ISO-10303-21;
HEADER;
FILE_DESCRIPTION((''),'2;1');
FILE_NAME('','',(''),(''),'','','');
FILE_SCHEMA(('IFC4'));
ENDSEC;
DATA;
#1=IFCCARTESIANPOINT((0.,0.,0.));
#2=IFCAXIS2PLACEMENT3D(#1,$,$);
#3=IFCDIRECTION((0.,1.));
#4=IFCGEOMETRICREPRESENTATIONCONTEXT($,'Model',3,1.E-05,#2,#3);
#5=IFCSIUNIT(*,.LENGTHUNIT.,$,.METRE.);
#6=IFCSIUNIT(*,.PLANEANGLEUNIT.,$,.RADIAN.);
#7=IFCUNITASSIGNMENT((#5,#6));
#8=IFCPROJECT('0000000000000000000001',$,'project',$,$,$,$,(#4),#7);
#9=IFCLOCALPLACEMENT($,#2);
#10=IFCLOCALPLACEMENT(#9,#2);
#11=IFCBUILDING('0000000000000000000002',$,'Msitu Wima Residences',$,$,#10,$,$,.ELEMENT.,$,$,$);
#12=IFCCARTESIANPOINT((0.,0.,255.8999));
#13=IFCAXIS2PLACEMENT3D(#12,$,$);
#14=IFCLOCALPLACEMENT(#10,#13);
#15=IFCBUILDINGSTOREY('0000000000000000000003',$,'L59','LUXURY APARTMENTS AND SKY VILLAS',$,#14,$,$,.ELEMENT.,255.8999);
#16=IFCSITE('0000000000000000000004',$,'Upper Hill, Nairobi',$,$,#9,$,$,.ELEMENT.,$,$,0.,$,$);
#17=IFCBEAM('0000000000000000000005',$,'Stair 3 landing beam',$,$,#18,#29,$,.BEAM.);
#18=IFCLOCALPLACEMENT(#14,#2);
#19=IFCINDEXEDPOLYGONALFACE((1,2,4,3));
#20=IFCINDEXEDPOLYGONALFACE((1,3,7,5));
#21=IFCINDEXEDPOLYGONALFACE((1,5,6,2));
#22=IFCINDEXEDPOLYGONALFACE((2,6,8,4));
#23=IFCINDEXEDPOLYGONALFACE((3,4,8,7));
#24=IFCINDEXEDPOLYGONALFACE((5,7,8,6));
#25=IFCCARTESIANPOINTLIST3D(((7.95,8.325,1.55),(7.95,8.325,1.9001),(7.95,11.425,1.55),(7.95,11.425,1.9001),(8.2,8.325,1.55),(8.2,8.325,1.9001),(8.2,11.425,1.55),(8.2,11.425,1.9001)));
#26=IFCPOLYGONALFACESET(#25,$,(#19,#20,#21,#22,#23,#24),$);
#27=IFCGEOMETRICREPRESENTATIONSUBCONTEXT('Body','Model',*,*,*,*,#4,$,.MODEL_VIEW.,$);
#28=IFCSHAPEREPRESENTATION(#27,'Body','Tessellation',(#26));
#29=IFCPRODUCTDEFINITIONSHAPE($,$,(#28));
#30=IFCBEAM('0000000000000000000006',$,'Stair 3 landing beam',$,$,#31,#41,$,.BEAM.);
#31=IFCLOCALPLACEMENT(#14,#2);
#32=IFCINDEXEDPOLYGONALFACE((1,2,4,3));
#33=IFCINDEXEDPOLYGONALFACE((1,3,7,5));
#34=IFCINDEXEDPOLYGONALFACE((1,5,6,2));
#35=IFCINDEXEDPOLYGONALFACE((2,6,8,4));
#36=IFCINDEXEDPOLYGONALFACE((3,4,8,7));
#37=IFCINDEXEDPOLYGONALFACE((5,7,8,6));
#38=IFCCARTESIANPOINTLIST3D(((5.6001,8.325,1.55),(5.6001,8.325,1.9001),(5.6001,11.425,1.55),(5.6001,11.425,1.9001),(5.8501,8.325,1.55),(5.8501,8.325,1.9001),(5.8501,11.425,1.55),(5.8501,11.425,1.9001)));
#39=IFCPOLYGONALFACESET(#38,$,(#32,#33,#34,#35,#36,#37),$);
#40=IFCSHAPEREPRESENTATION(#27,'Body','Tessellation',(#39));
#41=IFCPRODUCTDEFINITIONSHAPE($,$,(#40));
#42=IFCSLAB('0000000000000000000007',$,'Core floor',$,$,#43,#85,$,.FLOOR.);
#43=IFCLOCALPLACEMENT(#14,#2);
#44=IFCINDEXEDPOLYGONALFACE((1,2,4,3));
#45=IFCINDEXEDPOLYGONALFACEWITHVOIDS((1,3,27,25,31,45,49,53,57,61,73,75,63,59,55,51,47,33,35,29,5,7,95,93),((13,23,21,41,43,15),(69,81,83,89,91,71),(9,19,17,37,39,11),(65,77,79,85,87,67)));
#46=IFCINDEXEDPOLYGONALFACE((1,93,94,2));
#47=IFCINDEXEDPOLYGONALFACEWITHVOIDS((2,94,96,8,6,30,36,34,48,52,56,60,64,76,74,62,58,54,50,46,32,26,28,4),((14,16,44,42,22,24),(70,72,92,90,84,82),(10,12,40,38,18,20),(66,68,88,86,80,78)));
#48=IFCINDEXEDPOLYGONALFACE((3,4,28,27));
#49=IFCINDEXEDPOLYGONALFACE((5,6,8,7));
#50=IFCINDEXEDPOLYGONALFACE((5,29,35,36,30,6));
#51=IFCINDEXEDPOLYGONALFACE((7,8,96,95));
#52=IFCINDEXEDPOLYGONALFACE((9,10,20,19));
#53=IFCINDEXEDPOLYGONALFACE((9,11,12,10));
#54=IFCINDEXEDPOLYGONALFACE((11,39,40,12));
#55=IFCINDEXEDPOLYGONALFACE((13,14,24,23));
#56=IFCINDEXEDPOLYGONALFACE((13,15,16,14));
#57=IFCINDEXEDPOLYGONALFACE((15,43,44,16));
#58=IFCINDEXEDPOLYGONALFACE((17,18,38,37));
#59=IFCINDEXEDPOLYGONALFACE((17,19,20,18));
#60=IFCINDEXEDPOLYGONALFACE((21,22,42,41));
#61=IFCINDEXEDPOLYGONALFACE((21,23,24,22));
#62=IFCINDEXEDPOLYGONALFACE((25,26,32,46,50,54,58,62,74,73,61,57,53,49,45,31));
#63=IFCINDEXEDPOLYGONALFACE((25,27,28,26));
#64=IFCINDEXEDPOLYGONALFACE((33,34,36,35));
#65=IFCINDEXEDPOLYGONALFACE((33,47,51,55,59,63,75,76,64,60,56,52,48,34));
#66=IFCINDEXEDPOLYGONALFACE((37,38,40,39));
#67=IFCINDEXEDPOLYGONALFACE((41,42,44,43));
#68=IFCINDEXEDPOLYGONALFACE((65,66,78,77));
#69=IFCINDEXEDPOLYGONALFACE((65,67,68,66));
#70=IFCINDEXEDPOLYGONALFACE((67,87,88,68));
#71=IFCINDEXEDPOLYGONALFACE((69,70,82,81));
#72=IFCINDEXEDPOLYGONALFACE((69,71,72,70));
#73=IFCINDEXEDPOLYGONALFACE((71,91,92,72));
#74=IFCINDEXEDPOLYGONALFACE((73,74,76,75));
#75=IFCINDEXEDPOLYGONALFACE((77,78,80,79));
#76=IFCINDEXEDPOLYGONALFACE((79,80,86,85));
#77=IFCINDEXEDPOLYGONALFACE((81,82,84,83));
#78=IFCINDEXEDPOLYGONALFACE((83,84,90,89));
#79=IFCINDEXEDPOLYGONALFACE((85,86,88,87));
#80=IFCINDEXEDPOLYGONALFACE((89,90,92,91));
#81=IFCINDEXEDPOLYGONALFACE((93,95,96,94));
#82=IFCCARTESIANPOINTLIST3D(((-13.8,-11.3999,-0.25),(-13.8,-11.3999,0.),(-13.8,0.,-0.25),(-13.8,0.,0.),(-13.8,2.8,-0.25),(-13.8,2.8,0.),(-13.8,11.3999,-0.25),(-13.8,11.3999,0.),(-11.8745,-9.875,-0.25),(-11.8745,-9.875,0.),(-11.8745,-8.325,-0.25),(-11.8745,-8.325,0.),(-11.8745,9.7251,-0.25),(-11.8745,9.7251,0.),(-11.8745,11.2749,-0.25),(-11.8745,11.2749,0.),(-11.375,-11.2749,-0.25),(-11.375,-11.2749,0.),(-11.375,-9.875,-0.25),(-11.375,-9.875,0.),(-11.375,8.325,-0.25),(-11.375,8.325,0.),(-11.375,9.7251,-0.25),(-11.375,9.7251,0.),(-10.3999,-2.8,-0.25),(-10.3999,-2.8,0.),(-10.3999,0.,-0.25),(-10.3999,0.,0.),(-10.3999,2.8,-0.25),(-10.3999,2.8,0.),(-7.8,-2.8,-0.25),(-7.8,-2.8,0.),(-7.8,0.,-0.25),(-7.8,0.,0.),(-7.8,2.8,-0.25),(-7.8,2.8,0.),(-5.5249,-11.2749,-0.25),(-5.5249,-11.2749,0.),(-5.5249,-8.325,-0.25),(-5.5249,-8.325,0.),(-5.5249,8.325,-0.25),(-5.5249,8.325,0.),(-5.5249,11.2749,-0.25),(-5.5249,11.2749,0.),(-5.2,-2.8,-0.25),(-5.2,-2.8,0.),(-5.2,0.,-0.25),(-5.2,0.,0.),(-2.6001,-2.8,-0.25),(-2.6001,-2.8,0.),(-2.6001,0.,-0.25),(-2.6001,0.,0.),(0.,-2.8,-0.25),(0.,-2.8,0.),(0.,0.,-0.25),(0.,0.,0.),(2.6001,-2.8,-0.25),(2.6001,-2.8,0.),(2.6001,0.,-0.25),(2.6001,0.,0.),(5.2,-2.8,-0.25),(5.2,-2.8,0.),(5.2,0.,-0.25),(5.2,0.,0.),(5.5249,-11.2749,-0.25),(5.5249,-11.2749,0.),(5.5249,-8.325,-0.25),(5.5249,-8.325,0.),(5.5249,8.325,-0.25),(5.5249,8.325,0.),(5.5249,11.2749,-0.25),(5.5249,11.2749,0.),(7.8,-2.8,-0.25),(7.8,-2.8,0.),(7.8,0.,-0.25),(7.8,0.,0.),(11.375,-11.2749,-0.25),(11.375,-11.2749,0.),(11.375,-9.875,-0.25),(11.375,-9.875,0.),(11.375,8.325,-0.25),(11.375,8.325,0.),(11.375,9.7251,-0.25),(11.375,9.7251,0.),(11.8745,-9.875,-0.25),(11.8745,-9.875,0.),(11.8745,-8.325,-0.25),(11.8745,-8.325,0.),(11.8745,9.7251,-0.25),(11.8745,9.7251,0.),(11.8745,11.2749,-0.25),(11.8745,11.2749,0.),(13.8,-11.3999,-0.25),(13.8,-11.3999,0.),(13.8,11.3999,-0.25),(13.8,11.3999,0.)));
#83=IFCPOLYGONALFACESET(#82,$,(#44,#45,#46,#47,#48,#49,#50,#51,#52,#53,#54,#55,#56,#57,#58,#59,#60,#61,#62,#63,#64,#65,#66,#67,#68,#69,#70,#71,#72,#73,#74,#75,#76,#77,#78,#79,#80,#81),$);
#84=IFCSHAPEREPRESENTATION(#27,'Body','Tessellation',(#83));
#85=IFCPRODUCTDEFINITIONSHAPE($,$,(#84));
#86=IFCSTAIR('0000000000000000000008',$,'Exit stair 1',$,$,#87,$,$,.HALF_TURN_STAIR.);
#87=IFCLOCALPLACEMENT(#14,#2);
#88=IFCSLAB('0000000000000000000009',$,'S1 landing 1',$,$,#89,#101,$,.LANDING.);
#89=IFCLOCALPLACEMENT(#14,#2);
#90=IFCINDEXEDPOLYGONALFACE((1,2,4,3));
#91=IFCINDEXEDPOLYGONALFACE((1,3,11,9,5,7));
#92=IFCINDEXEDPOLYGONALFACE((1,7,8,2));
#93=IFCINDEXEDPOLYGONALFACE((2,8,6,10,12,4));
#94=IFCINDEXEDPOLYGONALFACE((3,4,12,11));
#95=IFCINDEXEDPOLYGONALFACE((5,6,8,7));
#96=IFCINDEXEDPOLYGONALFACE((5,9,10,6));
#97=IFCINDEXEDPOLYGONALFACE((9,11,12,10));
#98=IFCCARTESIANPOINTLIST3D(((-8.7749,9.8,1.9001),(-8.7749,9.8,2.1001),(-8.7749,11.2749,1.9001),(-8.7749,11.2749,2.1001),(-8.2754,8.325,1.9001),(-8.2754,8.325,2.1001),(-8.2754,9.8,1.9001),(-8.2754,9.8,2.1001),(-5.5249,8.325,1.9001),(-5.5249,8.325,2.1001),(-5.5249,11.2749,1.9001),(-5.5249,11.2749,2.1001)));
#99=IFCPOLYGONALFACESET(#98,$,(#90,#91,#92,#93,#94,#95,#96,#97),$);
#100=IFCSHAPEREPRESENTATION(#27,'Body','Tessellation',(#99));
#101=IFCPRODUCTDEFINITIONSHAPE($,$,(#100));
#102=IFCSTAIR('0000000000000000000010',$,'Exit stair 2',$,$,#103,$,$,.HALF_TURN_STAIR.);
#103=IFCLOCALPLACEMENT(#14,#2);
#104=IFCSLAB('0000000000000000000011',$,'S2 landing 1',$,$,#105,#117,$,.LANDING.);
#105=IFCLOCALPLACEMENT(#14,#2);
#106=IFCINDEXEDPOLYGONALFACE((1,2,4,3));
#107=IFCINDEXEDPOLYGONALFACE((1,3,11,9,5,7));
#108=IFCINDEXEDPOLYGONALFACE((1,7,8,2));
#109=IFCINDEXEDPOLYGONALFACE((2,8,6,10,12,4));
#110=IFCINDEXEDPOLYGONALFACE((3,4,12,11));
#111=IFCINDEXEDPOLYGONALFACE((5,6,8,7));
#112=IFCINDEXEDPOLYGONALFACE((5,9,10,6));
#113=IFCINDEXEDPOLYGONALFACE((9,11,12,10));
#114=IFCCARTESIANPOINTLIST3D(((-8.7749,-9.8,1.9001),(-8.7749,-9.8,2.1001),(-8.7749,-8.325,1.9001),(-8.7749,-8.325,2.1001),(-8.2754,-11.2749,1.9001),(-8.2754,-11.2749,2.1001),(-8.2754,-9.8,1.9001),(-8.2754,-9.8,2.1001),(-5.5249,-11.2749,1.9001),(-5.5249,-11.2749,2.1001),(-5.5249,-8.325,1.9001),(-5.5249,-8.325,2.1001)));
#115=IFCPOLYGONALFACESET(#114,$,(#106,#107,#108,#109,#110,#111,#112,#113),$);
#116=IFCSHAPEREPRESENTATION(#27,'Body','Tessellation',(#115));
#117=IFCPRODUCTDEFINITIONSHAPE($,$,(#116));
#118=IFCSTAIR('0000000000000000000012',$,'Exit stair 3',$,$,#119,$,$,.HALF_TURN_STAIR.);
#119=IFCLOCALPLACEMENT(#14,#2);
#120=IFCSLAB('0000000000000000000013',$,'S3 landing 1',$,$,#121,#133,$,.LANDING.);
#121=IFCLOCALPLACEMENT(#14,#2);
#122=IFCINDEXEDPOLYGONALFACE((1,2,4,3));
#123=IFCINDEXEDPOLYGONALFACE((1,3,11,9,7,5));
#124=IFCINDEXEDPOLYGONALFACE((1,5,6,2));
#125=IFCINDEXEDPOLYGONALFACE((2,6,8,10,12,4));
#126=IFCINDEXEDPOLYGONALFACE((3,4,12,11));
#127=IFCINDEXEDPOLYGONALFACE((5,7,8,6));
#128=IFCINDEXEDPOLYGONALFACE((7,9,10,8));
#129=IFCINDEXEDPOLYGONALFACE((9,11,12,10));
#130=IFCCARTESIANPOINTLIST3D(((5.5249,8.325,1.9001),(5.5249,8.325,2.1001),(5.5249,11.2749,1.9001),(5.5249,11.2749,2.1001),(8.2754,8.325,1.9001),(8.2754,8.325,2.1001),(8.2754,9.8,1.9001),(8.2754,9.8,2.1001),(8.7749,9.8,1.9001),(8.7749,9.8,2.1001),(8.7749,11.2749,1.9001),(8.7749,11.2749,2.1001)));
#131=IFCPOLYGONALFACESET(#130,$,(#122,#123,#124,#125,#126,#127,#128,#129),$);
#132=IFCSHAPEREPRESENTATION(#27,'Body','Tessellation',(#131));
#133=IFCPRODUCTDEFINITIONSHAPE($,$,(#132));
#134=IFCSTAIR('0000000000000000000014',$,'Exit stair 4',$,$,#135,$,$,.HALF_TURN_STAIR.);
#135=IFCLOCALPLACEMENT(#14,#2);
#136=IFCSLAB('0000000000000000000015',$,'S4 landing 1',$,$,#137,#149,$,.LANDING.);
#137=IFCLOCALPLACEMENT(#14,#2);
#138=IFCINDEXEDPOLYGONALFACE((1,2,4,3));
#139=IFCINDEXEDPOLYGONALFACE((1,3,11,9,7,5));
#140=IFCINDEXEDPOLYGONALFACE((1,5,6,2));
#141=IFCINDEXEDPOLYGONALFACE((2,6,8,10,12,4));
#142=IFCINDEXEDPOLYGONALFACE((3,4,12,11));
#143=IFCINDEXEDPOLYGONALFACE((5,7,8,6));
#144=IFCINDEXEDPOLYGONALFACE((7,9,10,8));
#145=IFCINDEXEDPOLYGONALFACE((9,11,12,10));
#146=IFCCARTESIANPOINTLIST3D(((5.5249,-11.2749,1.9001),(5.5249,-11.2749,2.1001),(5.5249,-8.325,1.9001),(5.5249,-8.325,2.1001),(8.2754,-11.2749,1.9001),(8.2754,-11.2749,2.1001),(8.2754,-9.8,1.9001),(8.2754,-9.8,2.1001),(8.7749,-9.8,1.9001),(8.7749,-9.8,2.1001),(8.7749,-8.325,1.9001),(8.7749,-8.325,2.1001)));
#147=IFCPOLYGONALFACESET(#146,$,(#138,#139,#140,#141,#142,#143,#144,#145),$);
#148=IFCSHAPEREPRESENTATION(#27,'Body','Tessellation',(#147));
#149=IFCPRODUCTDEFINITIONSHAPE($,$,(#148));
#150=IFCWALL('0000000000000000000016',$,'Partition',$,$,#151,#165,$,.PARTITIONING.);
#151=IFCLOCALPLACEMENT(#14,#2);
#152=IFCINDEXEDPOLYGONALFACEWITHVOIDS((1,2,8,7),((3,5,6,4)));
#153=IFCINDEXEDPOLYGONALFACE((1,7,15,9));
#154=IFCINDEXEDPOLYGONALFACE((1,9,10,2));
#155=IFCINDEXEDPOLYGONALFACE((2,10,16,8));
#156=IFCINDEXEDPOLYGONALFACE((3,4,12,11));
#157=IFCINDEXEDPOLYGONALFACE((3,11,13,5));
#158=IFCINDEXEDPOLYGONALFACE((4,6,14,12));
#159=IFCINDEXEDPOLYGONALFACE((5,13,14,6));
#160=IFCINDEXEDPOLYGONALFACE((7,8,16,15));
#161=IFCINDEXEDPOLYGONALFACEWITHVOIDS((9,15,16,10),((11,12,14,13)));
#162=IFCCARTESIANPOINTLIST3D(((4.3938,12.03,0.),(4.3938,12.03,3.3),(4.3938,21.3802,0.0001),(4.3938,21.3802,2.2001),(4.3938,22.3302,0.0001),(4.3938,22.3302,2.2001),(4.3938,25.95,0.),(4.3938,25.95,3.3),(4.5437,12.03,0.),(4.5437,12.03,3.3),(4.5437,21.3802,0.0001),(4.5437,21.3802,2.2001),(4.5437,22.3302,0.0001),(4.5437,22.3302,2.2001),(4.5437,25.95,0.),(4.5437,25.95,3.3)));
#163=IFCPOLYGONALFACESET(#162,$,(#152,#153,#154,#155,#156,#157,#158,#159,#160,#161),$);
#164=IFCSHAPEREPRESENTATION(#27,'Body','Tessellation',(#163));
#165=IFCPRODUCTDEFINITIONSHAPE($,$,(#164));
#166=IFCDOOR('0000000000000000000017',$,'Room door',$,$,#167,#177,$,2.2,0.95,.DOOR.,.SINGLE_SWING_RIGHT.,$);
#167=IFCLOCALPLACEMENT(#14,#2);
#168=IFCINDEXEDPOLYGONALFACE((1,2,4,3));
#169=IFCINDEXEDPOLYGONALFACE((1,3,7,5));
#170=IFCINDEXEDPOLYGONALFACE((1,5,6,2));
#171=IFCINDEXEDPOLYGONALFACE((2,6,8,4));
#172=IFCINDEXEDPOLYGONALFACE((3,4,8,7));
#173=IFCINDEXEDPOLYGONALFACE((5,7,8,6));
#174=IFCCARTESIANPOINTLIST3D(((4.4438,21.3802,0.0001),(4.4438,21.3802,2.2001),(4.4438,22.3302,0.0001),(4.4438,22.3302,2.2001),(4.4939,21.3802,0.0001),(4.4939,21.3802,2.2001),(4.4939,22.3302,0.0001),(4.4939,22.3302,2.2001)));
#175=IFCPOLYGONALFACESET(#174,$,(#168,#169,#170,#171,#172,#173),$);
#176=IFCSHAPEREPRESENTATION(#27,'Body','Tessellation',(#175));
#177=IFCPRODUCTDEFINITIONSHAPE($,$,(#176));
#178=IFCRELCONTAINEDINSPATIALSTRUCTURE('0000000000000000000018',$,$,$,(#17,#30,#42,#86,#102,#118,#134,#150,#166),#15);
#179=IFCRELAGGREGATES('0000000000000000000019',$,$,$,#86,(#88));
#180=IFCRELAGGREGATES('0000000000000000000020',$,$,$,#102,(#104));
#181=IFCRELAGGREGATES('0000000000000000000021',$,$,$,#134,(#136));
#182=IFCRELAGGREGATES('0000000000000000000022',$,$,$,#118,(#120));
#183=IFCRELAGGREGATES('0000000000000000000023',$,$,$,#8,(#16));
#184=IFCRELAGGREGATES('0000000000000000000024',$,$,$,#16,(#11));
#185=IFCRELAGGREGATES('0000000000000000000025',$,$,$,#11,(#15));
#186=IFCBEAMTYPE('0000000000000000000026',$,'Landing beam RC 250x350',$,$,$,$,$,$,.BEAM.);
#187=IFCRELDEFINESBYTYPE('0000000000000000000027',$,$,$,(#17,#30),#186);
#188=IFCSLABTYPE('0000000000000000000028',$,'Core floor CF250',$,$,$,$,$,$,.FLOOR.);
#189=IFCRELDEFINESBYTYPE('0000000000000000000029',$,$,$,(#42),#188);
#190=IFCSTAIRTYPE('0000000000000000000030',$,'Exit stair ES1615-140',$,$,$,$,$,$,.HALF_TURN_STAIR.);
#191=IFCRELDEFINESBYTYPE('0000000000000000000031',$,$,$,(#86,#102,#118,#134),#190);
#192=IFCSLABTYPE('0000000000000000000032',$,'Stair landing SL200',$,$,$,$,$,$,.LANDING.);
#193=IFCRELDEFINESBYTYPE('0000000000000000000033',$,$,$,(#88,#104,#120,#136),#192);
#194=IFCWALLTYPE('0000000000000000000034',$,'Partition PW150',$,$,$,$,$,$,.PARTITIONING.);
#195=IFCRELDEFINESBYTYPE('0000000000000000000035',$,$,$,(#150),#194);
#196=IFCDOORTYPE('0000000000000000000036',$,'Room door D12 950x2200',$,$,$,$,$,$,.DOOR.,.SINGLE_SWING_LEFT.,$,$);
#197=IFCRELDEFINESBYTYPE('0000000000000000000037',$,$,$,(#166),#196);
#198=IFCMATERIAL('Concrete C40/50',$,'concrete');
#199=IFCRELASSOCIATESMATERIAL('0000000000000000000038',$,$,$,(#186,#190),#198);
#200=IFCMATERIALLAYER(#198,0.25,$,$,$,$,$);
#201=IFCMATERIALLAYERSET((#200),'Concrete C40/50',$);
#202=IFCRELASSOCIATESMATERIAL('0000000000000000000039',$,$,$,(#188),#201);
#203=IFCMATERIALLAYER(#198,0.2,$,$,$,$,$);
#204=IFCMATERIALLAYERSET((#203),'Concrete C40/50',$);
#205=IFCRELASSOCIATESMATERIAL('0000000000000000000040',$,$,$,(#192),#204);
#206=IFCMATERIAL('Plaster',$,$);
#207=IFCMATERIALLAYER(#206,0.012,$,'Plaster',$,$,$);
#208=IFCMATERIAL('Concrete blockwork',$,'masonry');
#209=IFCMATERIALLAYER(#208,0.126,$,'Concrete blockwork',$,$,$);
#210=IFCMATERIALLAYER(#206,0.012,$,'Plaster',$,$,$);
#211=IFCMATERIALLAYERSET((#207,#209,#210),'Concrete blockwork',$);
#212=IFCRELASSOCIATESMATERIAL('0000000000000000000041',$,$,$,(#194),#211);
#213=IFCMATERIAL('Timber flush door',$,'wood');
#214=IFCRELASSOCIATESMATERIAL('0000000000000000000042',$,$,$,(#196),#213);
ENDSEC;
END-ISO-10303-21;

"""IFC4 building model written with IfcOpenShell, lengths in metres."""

from ifc_helpers import new_model, si_unit, direction, frame, frame_2d, origin, origin_2d, place, context, subcontext, project, spatial, polyline, rectangle, outline, extrude, material, layer, layer_set, material_profile, profile_set, type_object, element, fill, aggregate, save


model = new_model("IFC4")

# Units and contexts
model_context = context("Model", 3, precision=1e-05, world=origin(), true_north=direction((0.0, 1.0)))
body_context = subcontext(model_context, "Body", "Model", "MODEL_VIEW")
ifc_project = project(units=[si_unit("LENGTHUNIT", "METRE"), si_unit("PLANEANGLEUNIT", "RADIAN")], contexts=[model_context])

# Site, building, storey
site_placement = place(None, origin())
site = spatial("IfcSite", under=ifc_project, at=site_placement, Name="Upper Hill, Nairobi", CompositionType="ELEMENT", RefElevation=0.0)
building_placement = place(site_placement, origin())
building = spatial("IfcBuilding", under=site, at=building_placement, Name="Msitu Wima Residences", CompositionType="ELEMENT")
storey_placement = place(building_placement, frame((0.0, 0.0, 255.8999)))
storey = spatial("IfcBuildingStorey", under=building, at=storey_placement, Name="L59", Description="LUXURY APARTMENTS AND SKY VILLAS", CompositionType="ELEMENT", Elevation=255.8999)

# Beams
ifc_material_1 = material(Name="Concrete C40/50", Category="concrete")
ifc_material_profile = material_profile(ifc_material_1, rectangle(XDim=0.25, YDim=0.3501, at=origin_2d()), Name="RC 250x350")
ifc_profile_set = profile_set([ifc_material_profile], Name="Concrete C40/50")
beam_type = type_object("IfcBeamType", Name="Landing beam RC 250x350", PredefinedType="BEAM", material=ifc_profile_set)
for number, where, z_axis, x_axis, name in (
    (1, (8.075, 8.325, 1.7251), (0.0, 1.0, 0.0), (-1.0, 0.0, 0.0), "Stair 3 landing beam"),
    (2, (5.7251, 8.325, 1.7251), (0.0, 1.0, 0.0), (-1.0, 0.0, 0.0), "Stair 3 landing beam"),
):
    element("IfcBeam", number, at=place(storey_placement, frame(where, z_axis=z_axis, x_axis=x_axis)), inside=storey, type_object=beam_type, Name=name, PredefinedType="BEAM", context=body_context, shape_type="SweptSolid", body=[
        extrude(rectangle(XDim=0.25, YDim=0.3501, at=origin_2d()), origin(), (0.0, 0.0, 1.0), 3.1001),
    ])

# Slab
ifc_layer_1 = layer(ifc_material_1, 0.25)
ifc_layer_set_1 = layer_set([ifc_layer_1], Name="Concrete C40/50")
slab_type_1 = type_object("IfcSlabType", Name="Core floor CF250", PredefinedType="FLOOR", material=ifc_layer_set_1)
slab_1_placement = place(storey_placement, frame((0.0, 0.0, -0.25)))
element("IfcSlab", 3, at=slab_1_placement, inside=storey, type_object=slab_type_1, Name="Core floor", PredefinedType="FLOOR", context=body_context, shape_type="SweptSolid", body=[
    extrude(outline(polyline([(-13.8, 11.3999), (-13.8, 2.8), (-10.3999, 2.8), (-7.8, 2.8), (-7.8, 0.0), (-5.2, 0.0), (-2.6001, 0.0), (0.0, 0.0), (2.6001, 0.0), (5.2, 0.0), (7.8, 0.0), (7.8, -2.8), (5.2, -2.8), (2.6001, -2.8), (0.0, -2.8), (-2.6001, -2.8), (-5.2, -2.8), (-7.8, -2.8), (-10.3999, -2.8), (-10.3999, 0.0), (-13.8, 0.0), (-13.8, -11.3999), (13.8, -11.3999), (13.8, 11.3999), (-13.8, 11.3999)]), holes=[polyline([(-11.375, -11.2749), (-11.375, -9.875), (-11.8745, -9.875), (-11.8745, -8.325), (-5.5249, -8.325), (-5.5249, -11.2749), (-11.375, -11.2749)]), polyline([(-11.375, 8.325), (-11.375, 9.7251), (-11.8745, 9.7251), (-11.8745, 11.2749), (-5.5249, 11.2749), (-5.5249, 8.325), (-11.375, 8.325)]), polyline([(11.375, -9.875), (11.375, -11.2749), (5.5249, -11.2749), (5.5249, -8.325), (11.8745, -8.325), (11.8745, -9.875), (11.375, -9.875)]), polyline([(11.375, 9.7251), (11.375, 8.325), (5.5249, 8.325), (5.5249, 11.2749), (11.8745, 11.2749), (11.8745, 9.7251), (11.375, 9.7251)])]), origin(), (0.0, 0.0, 1.0), 0.25),
])

# Stairs, slabs
stair_type = type_object("IfcStairType", Name="Exit stair ES1615-140", PredefinedType="HALF_TURN_STAIR", material=ifc_material_1)
stair_1_placement = place(storey_placement, origin())
stair_1 = element("IfcStair", 4, at=stair_1_placement, inside=storey, type_object=stair_type, Name="Exit stair 1", PredefinedType="HALF_TURN_STAIR")
ifc_layer_2 = layer(ifc_material_1, 0.2)
ifc_layer_set_2 = layer_set([ifc_layer_2], Name="Concrete C40/50")
slab_type_2 = type_object("IfcSlabType", Name="Stair landing SL200", PredefinedType="LANDING", material=ifc_layer_set_2)
slab_2_placement = place(storey_placement, frame((0.0, 0.0, 1.9001)))
slab_2 = element("IfcSlab", 5, at=slab_2_placement, type_object=slab_type_2, Name="S1 landing 1", PredefinedType="LANDING", context=body_context, shape_type="SweptSolid", body=[
    extrude(outline(polyline([(-5.5249, 8.325), (-8.2754, 8.325), (-8.2754, 9.8), (-8.7749, 9.8), (-8.7749, 11.2749), (-5.5249, 11.2749), (-5.5249, 8.325)])), origin(), (0.0, 0.0, 1.0), 0.2),
])
aggregate(stair_1, [slab_2])
stair_2_placement = place(storey_placement, origin())
stair_2 = element("IfcStair", 6, at=stair_2_placement, inside=storey, type_object=stair_type, Name="Exit stair 2", PredefinedType="HALF_TURN_STAIR")
slab_3_placement = place(storey_placement, frame((0.0, 0.0, 1.9001)))
slab_3 = element("IfcSlab", 7, at=slab_3_placement, type_object=slab_type_2, Name="S2 landing 1", PredefinedType="LANDING", context=body_context, shape_type="SweptSolid", body=[
    extrude(outline(polyline([(-5.5249, -11.2749), (-8.2754, -11.2749), (-8.2754, -9.8), (-8.7749, -9.8), (-8.7749, -8.325), (-5.5249, -8.325), (-5.5249, -11.2749)])), origin(), (0.0, 0.0, 1.0), 0.2),
])
aggregate(stair_2, [slab_3])
stair_3_placement = place(storey_placement, origin())
stair_3 = element("IfcStair", 8, at=stair_3_placement, inside=storey, type_object=stair_type, Name="Exit stair 3", PredefinedType="HALF_TURN_STAIR")
slab_4_placement = place(storey_placement, frame((0.0, 0.0, 1.9001)))
slab_4 = element("IfcSlab", 9, at=slab_4_placement, type_object=slab_type_2, Name="S3 landing 1", PredefinedType="LANDING", context=body_context, shape_type="SweptSolid", body=[
    extrude(outline(polyline([(5.5249, 8.325), (8.2754, 8.325), (8.2754, 9.8), (8.7749, 9.8), (8.7749, 11.2749), (5.5249, 11.2749), (5.5249, 8.325)])), origin(), (0.0, 0.0, 1.0), 0.2),
])
stair_4_placement = place(storey_placement, origin())
stair_4 = element("IfcStair", 10, at=stair_4_placement, inside=storey, type_object=stair_type, Name="Exit stair 4", PredefinedType="HALF_TURN_STAIR")
slab_5_placement = place(storey_placement, frame((0.0, 0.0, 1.9001)))
slab_5 = element("IfcSlab", 11, at=slab_5_placement, type_object=slab_type_2, Name="S4 landing 1", PredefinedType="LANDING", context=body_context, shape_type="SweptSolid", body=[
    extrude(outline(polyline([(5.5249, -11.2749), (8.2754, -11.2749), (8.2754, -9.8), (8.7749, -9.8), (8.7749, -8.325), (5.5249, -8.325), (5.5249, -11.2749)])), origin(), (0.0, 0.0, 1.0), 0.2),
])
aggregate(stair_4, [slab_5])

# Wall, opening, door
ifc_material_2 = material(Name="Plaster")
ifc_layer_3 = layer(ifc_material_2, 0.012, Name="Plaster")
ifc_material_3 = material(Name="Concrete blockwork", Category="masonry")
ifc_layer_4 = layer(ifc_material_3, 0.126, Name="Concrete blockwork")
ifc_layer_5 = layer(ifc_material_2, 0.012, Name="Plaster")
ifc_layer_set_3 = layer_set([ifc_layer_3, ifc_layer_4, ifc_layer_5], Name="Concrete blockwork")
wall_type_1 = type_object("IfcWallType", Name="Partition PW150", PredefinedType="PARTITIONING", material=ifc_layer_set_3)
wall_1_placement = place(storey_placement, frame((4.4688, 12.03, 0.0), z_axis=(0.0, 0.0, 1.0), x_axis=(0.0, 1.0, 0.0)))
wall_1 = element("IfcWall", 12, at=wall_1_placement, inside=storey, type_object=wall_type_1, Name="Partition", PredefinedType="PARTITIONING", context=body_context, shape_type="SweptSolid", body=[
    extrude(rectangle(XDim=13.9199, YDim=0.1499, at=frame_2d((6.96, 0.0))), origin(), (0.0, 0.0, 1.0), 3.3),
])
opening_1_placement = place(wall_1_placement, frame((9.3501, 0.0, 0.0)))
opening_1 = element("IfcOpeningElement", 13, at=opening_1_placement, cuts=wall_1, PredefinedType="OPENING", context=body_context, shape_type="SweptSolid", body=[
    extrude(rectangle(XDim=0.95, YDim=2.2, at=frame_2d((0.4751, 1.1001))), frame((0.0, 0.085, 0.0), z_axis=(0.0, -1.0, 0.0), x_axis=(1.0, 0.0, 0.0)), (0.0, 0.0, 1.0), 0.1699),
])
ifc_material_4 = material(Name="Timber flush door", Category="wood")
door_type_1 = type_object("IfcDoorType", Name="Room door D12 950x2200", OperationType="SINGLE_SWING_LEFT", PredefinedType="DOOR", material=ifc_material_4)
door_1_placement = place(opening_1_placement, origin())
door_1 = element("IfcDoor", 14, at=door_1_placement, inside=storey, type_object=door_type_1, Name="Room door", OperationType="SINGLE_SWING_RIGHT", OverallHeight=2.2, OverallWidth=0.95, PredefinedType="DOOR", context=body_context, shape_type="SweptSolid", body=[
    extrude(rectangle(XDim=0.95, YDim=2.2, at=frame_2d((0.4751, 1.1001))), frame((0.0, 0.0249, 0.0), z_axis=(0.0, -1.0, 0.0), x_axis=(1.0, 0.0, 0.0)), (0.0, 0.0, 1.0), 0.05),
])
fill(opening_1, door_1)

aggregate(stair_3, [slab_4])

save(model, "model.ifc")
